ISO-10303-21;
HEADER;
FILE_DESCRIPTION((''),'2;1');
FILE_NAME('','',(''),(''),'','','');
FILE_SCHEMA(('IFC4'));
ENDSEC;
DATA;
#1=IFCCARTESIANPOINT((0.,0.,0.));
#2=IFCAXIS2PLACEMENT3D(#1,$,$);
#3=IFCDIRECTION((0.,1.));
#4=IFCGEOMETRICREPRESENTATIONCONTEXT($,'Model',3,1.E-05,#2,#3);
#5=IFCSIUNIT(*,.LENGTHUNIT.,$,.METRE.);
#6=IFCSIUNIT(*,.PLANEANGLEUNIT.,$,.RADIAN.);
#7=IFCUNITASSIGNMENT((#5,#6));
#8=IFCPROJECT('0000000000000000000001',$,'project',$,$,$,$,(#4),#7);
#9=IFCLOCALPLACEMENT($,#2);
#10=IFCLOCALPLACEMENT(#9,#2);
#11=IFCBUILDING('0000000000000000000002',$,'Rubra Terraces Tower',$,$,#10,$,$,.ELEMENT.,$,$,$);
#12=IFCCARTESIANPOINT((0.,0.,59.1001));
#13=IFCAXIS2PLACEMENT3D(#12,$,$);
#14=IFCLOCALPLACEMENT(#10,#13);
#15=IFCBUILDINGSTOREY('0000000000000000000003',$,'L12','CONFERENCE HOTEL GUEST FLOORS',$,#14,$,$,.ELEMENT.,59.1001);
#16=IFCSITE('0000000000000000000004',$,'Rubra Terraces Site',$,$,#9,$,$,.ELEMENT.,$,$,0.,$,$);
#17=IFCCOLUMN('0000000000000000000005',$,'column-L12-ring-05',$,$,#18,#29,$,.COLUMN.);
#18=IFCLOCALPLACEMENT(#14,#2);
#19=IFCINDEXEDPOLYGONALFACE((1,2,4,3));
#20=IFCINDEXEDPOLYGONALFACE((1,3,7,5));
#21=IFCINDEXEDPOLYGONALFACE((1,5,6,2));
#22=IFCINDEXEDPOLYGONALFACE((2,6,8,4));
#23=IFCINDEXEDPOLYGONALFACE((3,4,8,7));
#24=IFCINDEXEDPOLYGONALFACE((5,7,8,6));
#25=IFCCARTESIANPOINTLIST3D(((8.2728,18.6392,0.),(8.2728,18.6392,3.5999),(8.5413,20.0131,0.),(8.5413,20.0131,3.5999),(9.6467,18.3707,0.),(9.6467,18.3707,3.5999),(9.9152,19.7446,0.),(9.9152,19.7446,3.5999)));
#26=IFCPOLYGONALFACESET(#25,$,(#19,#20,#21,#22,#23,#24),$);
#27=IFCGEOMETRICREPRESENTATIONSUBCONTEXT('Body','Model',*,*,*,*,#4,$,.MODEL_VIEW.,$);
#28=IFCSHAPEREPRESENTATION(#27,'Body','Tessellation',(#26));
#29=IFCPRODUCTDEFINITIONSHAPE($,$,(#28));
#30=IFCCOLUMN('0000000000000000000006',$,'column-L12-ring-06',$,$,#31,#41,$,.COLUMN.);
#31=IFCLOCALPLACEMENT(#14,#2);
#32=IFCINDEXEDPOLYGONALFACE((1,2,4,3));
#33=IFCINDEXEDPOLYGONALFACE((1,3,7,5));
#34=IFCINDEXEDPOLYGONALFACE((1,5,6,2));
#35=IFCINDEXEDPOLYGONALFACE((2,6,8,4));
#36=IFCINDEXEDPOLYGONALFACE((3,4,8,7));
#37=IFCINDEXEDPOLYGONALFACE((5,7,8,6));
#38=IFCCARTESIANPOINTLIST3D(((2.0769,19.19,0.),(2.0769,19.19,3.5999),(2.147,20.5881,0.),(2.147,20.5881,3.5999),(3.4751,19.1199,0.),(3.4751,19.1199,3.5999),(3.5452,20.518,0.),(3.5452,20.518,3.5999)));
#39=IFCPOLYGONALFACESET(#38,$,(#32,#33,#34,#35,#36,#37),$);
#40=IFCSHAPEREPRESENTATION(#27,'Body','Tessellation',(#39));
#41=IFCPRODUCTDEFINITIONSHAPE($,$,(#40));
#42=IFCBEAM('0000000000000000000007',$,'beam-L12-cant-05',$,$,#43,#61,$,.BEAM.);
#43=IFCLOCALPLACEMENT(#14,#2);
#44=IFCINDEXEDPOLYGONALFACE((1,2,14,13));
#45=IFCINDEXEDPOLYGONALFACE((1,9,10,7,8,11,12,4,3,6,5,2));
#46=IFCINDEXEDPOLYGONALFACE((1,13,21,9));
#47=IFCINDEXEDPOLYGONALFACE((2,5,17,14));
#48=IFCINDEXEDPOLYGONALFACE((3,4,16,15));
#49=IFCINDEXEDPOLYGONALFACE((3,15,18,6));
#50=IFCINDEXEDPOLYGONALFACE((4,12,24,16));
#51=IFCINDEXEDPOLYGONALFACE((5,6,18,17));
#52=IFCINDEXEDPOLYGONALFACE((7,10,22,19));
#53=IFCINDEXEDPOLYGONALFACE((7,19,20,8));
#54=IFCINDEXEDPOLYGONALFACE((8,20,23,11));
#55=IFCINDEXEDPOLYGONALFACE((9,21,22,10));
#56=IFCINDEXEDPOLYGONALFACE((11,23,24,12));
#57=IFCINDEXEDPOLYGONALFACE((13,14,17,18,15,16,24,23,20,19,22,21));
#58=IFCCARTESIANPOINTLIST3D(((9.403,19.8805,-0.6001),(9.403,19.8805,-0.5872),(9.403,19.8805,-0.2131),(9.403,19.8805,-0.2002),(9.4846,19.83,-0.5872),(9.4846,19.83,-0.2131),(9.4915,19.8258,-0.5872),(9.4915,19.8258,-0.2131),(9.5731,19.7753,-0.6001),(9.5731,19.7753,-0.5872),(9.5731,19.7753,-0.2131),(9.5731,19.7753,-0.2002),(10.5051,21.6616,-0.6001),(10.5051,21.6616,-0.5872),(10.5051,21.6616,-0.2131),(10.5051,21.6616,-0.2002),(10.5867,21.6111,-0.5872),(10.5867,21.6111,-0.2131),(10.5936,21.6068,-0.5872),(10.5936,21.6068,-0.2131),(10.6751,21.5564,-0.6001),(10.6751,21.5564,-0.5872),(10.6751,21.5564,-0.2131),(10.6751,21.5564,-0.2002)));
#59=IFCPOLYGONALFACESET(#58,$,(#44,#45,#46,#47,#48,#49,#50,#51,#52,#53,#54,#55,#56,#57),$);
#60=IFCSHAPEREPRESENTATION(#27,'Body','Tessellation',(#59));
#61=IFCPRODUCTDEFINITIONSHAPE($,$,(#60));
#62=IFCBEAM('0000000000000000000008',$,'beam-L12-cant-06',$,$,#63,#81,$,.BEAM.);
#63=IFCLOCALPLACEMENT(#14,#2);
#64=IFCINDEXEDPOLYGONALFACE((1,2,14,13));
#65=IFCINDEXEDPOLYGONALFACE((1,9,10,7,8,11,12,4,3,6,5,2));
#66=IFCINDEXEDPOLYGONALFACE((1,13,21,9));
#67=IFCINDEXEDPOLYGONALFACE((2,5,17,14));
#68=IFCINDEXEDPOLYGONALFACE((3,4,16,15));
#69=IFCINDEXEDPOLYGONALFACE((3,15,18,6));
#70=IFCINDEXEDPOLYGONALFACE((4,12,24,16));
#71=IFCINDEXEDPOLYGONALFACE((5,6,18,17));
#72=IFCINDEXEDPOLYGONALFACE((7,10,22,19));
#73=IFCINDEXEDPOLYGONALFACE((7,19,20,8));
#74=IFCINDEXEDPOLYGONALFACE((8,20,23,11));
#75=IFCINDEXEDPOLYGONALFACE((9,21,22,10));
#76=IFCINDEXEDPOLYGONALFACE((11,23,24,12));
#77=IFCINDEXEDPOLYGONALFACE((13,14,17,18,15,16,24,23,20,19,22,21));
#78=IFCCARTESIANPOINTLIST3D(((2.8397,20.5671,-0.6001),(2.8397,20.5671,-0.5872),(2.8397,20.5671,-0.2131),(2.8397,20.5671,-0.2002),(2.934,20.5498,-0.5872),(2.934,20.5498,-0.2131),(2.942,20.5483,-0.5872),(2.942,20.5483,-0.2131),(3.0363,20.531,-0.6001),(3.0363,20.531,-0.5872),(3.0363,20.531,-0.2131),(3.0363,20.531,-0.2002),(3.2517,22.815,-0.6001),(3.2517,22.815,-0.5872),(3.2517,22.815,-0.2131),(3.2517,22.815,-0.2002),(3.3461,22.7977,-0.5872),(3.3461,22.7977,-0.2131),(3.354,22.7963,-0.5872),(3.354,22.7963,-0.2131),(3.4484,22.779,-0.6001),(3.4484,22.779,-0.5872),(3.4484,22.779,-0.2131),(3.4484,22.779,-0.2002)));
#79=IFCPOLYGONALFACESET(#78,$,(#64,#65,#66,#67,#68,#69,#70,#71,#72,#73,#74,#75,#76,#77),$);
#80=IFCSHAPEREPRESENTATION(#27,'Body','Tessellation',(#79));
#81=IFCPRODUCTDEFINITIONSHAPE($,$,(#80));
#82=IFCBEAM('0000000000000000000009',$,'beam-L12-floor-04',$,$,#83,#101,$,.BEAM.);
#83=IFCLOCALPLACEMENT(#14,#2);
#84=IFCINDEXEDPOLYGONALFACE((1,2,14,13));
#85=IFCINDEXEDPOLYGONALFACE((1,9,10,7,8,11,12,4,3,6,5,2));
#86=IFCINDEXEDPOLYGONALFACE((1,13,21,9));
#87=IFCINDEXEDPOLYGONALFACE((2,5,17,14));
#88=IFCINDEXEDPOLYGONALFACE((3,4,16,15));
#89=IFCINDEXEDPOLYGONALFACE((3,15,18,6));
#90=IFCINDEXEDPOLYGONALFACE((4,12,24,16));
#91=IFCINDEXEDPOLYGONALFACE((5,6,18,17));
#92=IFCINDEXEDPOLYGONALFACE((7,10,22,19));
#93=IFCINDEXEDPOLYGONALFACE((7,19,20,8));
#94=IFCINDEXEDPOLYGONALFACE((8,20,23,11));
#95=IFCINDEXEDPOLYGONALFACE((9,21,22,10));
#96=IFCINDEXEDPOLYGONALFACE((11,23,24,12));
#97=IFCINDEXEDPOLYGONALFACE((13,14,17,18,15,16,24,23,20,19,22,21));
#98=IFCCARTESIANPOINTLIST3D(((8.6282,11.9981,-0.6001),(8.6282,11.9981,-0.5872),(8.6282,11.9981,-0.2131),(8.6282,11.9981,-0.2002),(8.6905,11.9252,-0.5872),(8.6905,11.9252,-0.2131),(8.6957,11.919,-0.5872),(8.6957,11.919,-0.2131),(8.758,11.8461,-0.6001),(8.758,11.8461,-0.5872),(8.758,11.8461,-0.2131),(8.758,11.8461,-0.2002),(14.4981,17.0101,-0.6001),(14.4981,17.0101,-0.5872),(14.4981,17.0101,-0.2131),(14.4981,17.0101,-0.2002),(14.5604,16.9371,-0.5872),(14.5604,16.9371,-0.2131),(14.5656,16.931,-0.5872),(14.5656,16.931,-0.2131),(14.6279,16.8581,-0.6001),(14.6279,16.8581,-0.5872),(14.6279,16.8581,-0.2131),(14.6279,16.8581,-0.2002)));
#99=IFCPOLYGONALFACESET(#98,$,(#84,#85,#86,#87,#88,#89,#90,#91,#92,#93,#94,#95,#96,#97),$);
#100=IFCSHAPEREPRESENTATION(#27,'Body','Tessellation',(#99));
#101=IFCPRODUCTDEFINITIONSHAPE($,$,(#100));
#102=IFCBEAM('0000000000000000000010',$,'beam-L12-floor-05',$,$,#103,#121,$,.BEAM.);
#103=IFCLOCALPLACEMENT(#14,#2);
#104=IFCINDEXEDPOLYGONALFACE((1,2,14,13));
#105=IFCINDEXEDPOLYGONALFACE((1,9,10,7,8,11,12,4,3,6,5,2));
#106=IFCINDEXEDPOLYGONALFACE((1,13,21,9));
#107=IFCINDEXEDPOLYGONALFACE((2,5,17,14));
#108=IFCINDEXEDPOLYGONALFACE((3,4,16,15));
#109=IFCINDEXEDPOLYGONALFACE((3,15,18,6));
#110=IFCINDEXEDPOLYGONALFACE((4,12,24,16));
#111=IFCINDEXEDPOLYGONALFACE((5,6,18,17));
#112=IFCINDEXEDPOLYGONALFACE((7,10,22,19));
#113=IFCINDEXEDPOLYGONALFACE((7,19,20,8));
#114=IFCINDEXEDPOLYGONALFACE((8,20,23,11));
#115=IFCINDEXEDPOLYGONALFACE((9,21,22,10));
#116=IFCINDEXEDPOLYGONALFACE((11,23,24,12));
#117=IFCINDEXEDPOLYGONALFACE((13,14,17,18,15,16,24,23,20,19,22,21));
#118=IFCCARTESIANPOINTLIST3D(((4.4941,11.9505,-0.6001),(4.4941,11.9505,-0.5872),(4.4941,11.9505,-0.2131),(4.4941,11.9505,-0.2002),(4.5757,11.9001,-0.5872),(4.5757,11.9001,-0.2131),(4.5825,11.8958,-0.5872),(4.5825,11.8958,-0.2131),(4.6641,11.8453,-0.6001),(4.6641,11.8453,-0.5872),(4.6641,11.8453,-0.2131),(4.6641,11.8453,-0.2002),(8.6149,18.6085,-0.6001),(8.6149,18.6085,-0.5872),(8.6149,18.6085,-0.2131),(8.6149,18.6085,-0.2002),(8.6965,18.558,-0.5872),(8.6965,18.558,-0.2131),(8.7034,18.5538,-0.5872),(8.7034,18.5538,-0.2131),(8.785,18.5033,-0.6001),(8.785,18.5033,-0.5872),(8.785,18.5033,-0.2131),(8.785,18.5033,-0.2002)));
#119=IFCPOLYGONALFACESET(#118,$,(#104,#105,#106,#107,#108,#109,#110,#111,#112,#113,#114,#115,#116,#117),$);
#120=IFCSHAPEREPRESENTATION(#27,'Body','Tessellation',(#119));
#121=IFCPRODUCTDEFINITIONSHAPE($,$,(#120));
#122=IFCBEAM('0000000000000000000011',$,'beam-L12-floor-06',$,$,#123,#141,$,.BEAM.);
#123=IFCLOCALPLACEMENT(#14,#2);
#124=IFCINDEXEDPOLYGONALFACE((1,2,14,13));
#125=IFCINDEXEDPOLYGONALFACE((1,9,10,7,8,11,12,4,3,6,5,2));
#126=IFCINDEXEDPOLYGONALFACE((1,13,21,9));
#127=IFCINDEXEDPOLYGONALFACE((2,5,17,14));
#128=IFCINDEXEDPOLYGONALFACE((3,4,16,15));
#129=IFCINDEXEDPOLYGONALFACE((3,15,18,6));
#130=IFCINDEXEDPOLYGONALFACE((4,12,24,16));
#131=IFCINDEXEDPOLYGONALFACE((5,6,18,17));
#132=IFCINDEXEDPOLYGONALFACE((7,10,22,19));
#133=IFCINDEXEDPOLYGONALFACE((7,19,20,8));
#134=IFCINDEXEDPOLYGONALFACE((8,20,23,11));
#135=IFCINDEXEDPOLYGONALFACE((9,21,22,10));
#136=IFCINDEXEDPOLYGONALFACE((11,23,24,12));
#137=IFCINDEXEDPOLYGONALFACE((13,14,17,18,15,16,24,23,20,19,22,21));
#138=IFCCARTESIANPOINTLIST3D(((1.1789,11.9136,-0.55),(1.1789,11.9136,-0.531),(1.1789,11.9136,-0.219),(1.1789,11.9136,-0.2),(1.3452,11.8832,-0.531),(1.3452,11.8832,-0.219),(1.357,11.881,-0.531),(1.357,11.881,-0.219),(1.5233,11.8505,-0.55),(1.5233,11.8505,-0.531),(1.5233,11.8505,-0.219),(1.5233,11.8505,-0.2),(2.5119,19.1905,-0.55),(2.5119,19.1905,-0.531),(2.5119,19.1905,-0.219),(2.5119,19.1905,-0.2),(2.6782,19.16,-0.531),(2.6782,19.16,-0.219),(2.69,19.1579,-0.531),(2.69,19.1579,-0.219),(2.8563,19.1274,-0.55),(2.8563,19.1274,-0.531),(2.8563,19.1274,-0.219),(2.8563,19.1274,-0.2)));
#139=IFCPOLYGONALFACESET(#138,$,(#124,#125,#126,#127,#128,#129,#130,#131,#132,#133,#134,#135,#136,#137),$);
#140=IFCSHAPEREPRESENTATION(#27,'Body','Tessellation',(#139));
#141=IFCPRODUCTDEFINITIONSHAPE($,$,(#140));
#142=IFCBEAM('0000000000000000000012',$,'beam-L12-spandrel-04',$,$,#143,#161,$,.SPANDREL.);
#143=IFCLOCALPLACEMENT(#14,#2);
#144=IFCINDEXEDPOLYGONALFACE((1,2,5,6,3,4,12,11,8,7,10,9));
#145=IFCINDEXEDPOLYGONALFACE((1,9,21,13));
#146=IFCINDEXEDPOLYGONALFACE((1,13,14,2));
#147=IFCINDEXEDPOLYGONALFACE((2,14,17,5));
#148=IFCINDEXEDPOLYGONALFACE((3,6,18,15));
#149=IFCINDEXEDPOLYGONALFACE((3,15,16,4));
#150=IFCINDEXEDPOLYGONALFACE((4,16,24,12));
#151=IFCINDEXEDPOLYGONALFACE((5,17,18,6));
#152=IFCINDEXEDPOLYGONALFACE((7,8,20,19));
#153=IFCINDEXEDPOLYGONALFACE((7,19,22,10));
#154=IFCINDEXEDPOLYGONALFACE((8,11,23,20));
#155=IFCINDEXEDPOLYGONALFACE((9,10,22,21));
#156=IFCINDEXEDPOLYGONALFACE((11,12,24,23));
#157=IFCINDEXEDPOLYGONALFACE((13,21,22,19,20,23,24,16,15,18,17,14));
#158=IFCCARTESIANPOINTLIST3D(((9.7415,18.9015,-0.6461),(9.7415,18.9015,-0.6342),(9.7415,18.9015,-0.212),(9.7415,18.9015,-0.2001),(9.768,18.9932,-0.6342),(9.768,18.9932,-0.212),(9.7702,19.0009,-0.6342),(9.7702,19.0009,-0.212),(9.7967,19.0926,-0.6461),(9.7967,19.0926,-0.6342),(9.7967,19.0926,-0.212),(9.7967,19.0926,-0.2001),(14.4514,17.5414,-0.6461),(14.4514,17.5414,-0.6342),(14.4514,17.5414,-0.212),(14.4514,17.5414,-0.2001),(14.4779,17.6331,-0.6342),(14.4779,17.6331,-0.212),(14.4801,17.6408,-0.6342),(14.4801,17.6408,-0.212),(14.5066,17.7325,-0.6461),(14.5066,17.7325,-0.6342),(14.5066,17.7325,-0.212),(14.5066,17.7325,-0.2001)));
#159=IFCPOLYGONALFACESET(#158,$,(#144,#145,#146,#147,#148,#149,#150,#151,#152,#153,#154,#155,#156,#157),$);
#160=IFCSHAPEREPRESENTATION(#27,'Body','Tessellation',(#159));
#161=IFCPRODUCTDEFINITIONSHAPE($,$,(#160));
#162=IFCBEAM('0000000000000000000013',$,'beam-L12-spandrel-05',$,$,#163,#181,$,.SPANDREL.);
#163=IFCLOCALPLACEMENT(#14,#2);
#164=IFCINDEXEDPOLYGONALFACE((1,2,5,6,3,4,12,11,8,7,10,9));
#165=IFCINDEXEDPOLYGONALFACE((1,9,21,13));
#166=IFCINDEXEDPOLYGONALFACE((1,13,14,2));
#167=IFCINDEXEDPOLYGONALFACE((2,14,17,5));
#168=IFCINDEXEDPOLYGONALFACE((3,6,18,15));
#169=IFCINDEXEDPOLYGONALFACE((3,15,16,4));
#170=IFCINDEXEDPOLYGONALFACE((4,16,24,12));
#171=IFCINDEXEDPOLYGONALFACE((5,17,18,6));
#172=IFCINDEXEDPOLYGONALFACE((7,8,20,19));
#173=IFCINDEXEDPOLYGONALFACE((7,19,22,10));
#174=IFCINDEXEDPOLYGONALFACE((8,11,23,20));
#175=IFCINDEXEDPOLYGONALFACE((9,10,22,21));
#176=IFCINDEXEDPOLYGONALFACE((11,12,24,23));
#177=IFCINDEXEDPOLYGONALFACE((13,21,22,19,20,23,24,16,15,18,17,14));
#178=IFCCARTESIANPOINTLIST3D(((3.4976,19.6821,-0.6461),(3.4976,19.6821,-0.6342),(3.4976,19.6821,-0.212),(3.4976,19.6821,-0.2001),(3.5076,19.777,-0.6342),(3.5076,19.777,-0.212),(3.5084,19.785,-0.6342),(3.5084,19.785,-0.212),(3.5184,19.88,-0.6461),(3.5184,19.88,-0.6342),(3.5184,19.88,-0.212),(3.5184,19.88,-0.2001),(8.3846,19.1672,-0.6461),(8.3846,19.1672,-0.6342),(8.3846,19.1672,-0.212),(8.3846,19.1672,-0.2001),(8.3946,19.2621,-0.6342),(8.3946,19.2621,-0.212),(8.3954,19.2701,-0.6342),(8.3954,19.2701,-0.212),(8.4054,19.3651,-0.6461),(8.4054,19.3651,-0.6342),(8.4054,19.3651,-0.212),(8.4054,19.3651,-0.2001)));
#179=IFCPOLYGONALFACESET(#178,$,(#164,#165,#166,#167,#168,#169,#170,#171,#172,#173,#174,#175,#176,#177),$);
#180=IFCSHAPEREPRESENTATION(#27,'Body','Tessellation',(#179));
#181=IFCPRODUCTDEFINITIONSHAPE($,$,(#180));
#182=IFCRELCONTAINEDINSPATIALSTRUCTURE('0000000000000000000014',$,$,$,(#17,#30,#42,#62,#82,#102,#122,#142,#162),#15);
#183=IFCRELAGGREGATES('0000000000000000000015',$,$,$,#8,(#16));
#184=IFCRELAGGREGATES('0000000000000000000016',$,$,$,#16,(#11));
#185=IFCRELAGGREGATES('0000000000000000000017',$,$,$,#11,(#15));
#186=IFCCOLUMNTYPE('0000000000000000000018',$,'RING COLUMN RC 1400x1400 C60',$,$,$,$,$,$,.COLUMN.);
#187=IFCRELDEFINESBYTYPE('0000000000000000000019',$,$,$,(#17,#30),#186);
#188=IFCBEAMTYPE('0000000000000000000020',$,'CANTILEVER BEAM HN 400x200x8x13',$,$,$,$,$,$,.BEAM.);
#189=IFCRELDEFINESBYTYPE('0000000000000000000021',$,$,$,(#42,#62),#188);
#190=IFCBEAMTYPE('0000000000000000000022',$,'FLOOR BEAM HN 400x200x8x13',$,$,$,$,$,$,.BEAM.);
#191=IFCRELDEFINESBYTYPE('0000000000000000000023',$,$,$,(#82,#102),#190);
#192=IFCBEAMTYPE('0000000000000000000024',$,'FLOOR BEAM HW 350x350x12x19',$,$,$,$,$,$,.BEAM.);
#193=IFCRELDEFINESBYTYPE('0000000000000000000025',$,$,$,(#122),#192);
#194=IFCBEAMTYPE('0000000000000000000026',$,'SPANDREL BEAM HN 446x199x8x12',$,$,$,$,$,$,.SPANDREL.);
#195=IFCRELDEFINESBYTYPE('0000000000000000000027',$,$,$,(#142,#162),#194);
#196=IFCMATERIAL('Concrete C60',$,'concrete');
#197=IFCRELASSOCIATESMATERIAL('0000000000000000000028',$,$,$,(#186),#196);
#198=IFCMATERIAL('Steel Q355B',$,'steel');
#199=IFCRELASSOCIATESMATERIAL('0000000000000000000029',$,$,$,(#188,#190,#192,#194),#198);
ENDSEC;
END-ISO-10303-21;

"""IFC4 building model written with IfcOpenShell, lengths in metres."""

from ifc_helpers import new_model, si_unit, direction, frame, origin, origin_2d, place, context, subcontext, project, spatial, rectangle, i_section, extrude, material, material_profile, profile_set, type_object, element, save


model = new_model("IFC4")

# Units and contexts
model_context = context("Model", 3, precision=1e-05, world=origin(), true_north=direction((0.0, 1.0)))
body_context = subcontext(model_context, "Body", "Model", "MODEL_VIEW")
ifc_project = project(units=[si_unit("LENGTHUNIT", "METRE"), si_unit("PLANEANGLEUNIT", "RADIAN")], contexts=[model_context])

# Site, building, storey
site_placement = place(None, origin())
site = spatial("IfcSite", under=ifc_project, at=site_placement, Name="Rubra Terraces Site", CompositionType="ELEMENT", RefElevation=0.0)
building_placement = place(site_placement, origin())
building = spatial("IfcBuilding", under=site, at=building_placement, Name="Rubra Terraces Tower", CompositionType="ELEMENT")
storey_placement = place(building_placement, frame((0.0, 0.0, 59.1001)))
storey = spatial("IfcBuildingStorey", under=building, at=storey_placement, Name="L12", Description="CONFERENCE HOTEL GUEST FLOORS", CompositionType="ELEMENT", Elevation=59.1001)

# Columns
ifc_material_1 = material(Name="Concrete C60", Category="concrete")
ifc_material_profile_1 = material_profile(ifc_material_1, rectangle(XDim=1.3999, YDim=1.3999, at=origin_2d()), Name="RC 1400x1400")
ifc_profile_set_1 = profile_set([ifc_material_profile_1], Name="Concrete C60")
column_type = type_object("IfcColumnType", Name="RING COLUMN RC 1400x1400 C60", PredefinedType="COLUMN", material=ifc_profile_set_1)
for number, where, z_axis, x_axis, name in (
    (1, (9.094, 19.1919, 0.0), (0.0, 0.0, 1.0), (-0.98143, 0.191819, 0.0), "column-L12-ring-05"),
    (2, (2.811, 19.854, 0.0), (0.0, 0.0, 1.0), (-0.998745, 0.050084, 0.0), "column-L12-ring-06"),
):
    element("IfcColumn", number, at=place(storey_placement, frame(where, z_axis=z_axis, x_axis=x_axis)), inside=storey, type_object=column_type, Name=name, PredefinedType="COLUMN", context=body_context, shape_type="SweptSolid", body=[
        extrude(rectangle(XDim=1.3999, YDim=1.3999, at=origin_2d()), origin(), (0.0, 0.0, 1.0), 3.5999),
    ])

# Beams
ifc_material_2 = material(Name="Steel Q355B", Category="steel")
ifc_material_profile_2 = material_profile(ifc_material_2, i_section(OverallWidth=0.2, OverallDepth=0.3999, WebThickness=0.0081, FlangeThickness=0.0129, at=origin_2d()), Name="HN 400x200x8x13")
ifc_profile_set_2 = profile_set([ifc_material_profile_2], Name="Steel Q355B")
beam_type_1 = type_object("IfcBeamType", Name="CANTILEVER BEAM HN 400x200x8x13", PredefinedType="BEAM", material=ifc_profile_set_2)
beam_1_placement = place(storey_placement, frame((9.488, 19.8279, -0.4001), z_axis=(0.52619, 0.850367, 0.0), x_axis=(-0.850367, 0.52619, 0.0)))
element("IfcBeam", 3, at=beam_1_placement, inside=storey, type_object=beam_type_1, Name="beam-L12-cant-05", PredefinedType="BEAM", context=body_context, shape_type="SweptSolid", body=[
    extrude(i_section(OverallWidth=0.2, OverallDepth=0.3999, WebThickness=0.0081, FlangeThickness=0.0129, at=origin_2d()), origin(), (0.0, 0.0, 1.0), 2.0945),
])
beam_2_placement = place(storey_placement, frame((2.938, 20.5491, -0.4001), z_axis=(0.180314, 0.983609, 0.0), x_axis=(-0.983609, 0.180314, 0.0)))
element("IfcBeam", 4, at=beam_2_placement, inside=storey, type_object=beam_type_1, Name="beam-L12-cant-06", PredefinedType="BEAM", context=body_context, shape_type="SweptSolid", body=[
    extrude(i_section(OverallWidth=0.2, OverallDepth=0.3999, WebThickness=0.0081, FlangeThickness=0.0129, at=origin_2d()), origin(), (0.0, 0.0, 1.0), 2.2854),
])
ifc_material_profile_3 = material_profile(ifc_material_2, i_section(OverallWidth=0.2, OverallDepth=0.3999, WebThickness=0.0081, FlangeThickness=0.0129, at=origin_2d()), Name="HN 400x200x8x13")
ifc_profile_set_3 = profile_set([ifc_material_profile_3], Name="Steel Q355B")
beam_type_2 = type_object("IfcBeamType", Name="FLOOR BEAM HN 400x200x8x13", PredefinedType="BEAM", material=ifc_profile_set_3)
beam_3_placement = place(storey_placement, frame((14.563, 16.9341, -0.4001), z_axis=(-0.760494, -0.649344, 0.0), x_axis=(0.649344, -0.760494, 0.0)))
element("IfcBeam", 5, at=beam_3_placement, inside=storey, type_object=beam_type_2, Name="beam-L12-floor-04", PredefinedType="BEAM", context=body_context, shape_type="SweptSolid", body=[
    extrude(i_section(OverallWidth=0.2, OverallDepth=0.3999, WebThickness=0.0081, FlangeThickness=0.0129, at=origin_2d()), origin(), (0.0, 0.0, 1.0), 7.7185),
])
beam_4_placement = place(storey_placement, frame((8.7, 18.5559, -0.4001), z_axis=(-0.526286, -0.850308, 0.0), x_axis=(0.850308, -0.526286, 0.0)))
element("IfcBeam", 6, at=beam_4_placement, inside=storey, type_object=beam_type_2, Name="beam-L12-floor-05", PredefinedType="BEAM", context=body_context, shape_type="SweptSolid", body=[
    extrude(i_section(OverallWidth=0.2, OverallDepth=0.3999, WebThickness=0.0081, FlangeThickness=0.0129, at=origin_2d()), origin(), (0.0, 0.0, 1.0), 7.8301),
])
ifc_material_profile_4 = material_profile(ifc_material_2, i_section(OverallWidth=0.3501, OverallDepth=0.3501, WebThickness=0.012, FlangeThickness=0.019, at=origin_2d()), Name="HW 350x350x12x19")
ifc_profile_set_4 = profile_set([ifc_material_profile_4], Name="Steel Q355B")
beam_type_3 = type_object("IfcBeamType", Name="FLOOR BEAM HW 350x350x12x19", PredefinedType="BEAM", material=ifc_profile_set_4)
beam_5_placement = place(storey_placement, frame((2.6841, 19.1589, -0.375), z_axis=(-0.180186, -0.983632, 0.0), x_axis=(0.983632, -0.180186, 0.0)))
element("IfcBeam", 7, at=beam_5_placement, inside=storey, type_object=beam_type_3, Name="beam-L12-floor-06", PredefinedType="BEAM", context=body_context, shape_type="SweptSolid", body=[
    extrude(i_section(OverallWidth=0.3501, OverallDepth=0.3501, WebThickness=0.012, FlangeThickness=0.019, at=origin_2d()), origin(), (0.0, 0.0, 1.0), 7.3979),
])
ifc_material_profile_5 = material_profile(ifc_material_2, i_section(OverallWidth=0.199, OverallDepth=0.446, WebThickness=0.0081, FlangeThickness=0.012, at=origin_2d()), Name="HN 446x199x8x12")
ifc_profile_set_5 = profile_set([ifc_material_profile_5], Name="Steel Q355B")
beam_type_4 = type_object("IfcBeamType", Name="SPANDREL BEAM HN 446x199x8x12", PredefinedType="SPANDREL", material=ifc_profile_set_5)
beam_6_placement = place(storey_placement, frame((14.479, 17.637, -0.4231), z_axis=(-0.960744, 0.277436, 0.0), x_axis=(-0.277436, -0.960744, 0.0)))
element("IfcBeam", 8, at=beam_6_placement, inside=storey, type_object=beam_type_4, Name="beam-L12-spandrel-04", PredefinedType="SPANDREL", context=body_context, shape_type="SweptSolid", body=[
    extrude(i_section(OverallWidth=0.199, OverallDepth=0.446, WebThickness=0.0081, FlangeThickness=0.012, at=origin_2d()), origin(), (0.0, 0.0, 1.0), 4.9023),
])
beam_7_placement = place(storey_placement, frame((8.395, 19.2661, -0.4231), z_axis=(-0.994495, 0.10478, 0.0), x_axis=(-0.10478, -0.994495, 0.0)))
element("IfcBeam", 9, at=beam_7_placement, inside=storey, type_object=beam_type_4, Name="beam-L12-spandrel-05", PredefinedType="SPANDREL", context=body_context, shape_type="SweptSolid", body=[
    extrude(i_section(OverallWidth=0.199, OverallDepth=0.446, WebThickness=0.0081, FlangeThickness=0.012, at=origin_2d()), origin(), (0.0, 0.0, 1.0), 4.9141),
])

save(model, "model.ifc")
